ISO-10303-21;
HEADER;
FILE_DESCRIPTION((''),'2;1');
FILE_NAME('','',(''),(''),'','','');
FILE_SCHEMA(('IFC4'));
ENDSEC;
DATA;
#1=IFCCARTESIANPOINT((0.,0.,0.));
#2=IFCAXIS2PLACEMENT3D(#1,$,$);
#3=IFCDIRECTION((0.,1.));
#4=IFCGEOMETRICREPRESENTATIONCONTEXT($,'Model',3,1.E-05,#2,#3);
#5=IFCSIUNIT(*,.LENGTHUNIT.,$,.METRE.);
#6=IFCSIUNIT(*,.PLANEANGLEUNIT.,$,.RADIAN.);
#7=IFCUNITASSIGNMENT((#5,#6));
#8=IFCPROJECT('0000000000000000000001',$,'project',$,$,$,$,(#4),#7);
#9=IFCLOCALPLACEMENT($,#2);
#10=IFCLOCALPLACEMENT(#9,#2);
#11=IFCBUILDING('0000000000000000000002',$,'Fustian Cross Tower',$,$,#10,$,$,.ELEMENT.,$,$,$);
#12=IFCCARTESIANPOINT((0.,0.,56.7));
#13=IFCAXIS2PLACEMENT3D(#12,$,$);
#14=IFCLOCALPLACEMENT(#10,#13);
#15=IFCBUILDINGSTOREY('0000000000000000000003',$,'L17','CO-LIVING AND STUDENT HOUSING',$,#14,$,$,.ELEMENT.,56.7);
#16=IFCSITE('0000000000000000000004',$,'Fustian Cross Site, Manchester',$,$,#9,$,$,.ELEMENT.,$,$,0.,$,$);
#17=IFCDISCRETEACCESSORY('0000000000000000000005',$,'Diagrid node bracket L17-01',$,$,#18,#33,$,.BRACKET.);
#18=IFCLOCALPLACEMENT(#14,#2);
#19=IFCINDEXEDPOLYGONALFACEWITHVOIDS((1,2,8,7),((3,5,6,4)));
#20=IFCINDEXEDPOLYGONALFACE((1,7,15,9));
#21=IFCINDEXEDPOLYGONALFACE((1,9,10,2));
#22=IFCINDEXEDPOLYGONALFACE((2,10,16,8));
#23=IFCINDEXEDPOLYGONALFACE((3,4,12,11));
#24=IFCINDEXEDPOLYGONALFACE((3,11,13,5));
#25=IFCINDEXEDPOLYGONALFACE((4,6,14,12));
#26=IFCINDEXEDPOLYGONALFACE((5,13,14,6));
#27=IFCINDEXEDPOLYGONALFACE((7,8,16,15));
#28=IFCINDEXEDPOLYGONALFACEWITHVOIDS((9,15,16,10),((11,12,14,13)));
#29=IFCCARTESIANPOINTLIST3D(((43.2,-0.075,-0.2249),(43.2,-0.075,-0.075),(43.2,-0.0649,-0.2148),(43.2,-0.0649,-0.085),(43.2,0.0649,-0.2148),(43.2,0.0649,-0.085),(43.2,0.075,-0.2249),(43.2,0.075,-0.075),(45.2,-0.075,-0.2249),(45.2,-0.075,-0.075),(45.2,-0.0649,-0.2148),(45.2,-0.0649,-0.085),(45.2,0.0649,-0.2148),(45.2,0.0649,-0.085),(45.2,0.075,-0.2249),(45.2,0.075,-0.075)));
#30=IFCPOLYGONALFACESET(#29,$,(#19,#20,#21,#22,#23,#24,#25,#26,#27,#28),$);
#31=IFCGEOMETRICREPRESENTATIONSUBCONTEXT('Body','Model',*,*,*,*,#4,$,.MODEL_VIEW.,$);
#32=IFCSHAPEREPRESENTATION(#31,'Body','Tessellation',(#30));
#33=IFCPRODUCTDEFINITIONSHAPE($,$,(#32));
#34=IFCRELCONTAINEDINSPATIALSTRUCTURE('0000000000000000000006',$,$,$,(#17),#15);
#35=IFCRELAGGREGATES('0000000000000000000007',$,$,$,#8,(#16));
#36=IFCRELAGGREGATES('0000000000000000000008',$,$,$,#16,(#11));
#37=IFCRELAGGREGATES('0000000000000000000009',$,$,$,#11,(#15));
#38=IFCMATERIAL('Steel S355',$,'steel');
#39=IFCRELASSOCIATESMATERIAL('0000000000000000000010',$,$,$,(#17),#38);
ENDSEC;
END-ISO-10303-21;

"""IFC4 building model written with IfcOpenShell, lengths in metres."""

from ifc_helpers import new_model, si_unit, direction, frame, origin, origin_2d, place, context, subcontext, project, spatial, hollow_rectangle, extrude, material, element, save


model = new_model("IFC4")

# Units and contexts
model_context = context("Model", 3, precision=1e-05, world=origin(), true_north=direction((0.0, 1.0)))
body_context = subcontext(model_context, "Body", "Model", "MODEL_VIEW")
ifc_project = project(units=[si_unit("LENGTHUNIT", "METRE"), si_unit("PLANEANGLEUNIT", "RADIAN")], contexts=[model_context])

# Site, building, storey
site_placement = place(None, origin())
site = spatial("IfcSite", under=ifc_project, at=site_placement, Name="Fustian Cross Site, Manchester", CompositionType="ELEMENT", RefElevation=0.0)
building_placement = place(site_placement, origin())
building = spatial("IfcBuilding", under=site, at=building_placement, Name="Fustian Cross Tower", CompositionType="ELEMENT")
storey_placement = place(building_placement, frame((0.0, 0.0, 56.7)))
storey = spatial("IfcBuildingStorey", under=building, at=storey_placement, Name="L17", Description="CO-LIVING AND STUDENT HOUSING", CompositionType="ELEMENT", Elevation=56.7)

# Discrete accessory
ifc_material_1 = material(Name="Steel S355", Category="steel")
discrete_accessory_placement = place(storey_placement, frame((45.2, 0.0, -0.1499), z_axis=(-1.0, 0.0, 0.0), x_axis=(0.0, -1.0, 0.0)))
element("IfcDiscreteAccessory", 1, at=discrete_accessory_placement, inside=storey, material=ifc_material_1, Name="Diagrid node bracket L17-01", PredefinedType="BRACKET", context=body_context, shape_type="SweptSolid", body=[
    extrude(hollow_rectangle(XDim=0.1499, YDim=0.1499, WallThickness=0.01, at=origin_2d()), origin(), (0.0, 0.0, 1.0), 2.0),
])

save(model, "model.ifc")
